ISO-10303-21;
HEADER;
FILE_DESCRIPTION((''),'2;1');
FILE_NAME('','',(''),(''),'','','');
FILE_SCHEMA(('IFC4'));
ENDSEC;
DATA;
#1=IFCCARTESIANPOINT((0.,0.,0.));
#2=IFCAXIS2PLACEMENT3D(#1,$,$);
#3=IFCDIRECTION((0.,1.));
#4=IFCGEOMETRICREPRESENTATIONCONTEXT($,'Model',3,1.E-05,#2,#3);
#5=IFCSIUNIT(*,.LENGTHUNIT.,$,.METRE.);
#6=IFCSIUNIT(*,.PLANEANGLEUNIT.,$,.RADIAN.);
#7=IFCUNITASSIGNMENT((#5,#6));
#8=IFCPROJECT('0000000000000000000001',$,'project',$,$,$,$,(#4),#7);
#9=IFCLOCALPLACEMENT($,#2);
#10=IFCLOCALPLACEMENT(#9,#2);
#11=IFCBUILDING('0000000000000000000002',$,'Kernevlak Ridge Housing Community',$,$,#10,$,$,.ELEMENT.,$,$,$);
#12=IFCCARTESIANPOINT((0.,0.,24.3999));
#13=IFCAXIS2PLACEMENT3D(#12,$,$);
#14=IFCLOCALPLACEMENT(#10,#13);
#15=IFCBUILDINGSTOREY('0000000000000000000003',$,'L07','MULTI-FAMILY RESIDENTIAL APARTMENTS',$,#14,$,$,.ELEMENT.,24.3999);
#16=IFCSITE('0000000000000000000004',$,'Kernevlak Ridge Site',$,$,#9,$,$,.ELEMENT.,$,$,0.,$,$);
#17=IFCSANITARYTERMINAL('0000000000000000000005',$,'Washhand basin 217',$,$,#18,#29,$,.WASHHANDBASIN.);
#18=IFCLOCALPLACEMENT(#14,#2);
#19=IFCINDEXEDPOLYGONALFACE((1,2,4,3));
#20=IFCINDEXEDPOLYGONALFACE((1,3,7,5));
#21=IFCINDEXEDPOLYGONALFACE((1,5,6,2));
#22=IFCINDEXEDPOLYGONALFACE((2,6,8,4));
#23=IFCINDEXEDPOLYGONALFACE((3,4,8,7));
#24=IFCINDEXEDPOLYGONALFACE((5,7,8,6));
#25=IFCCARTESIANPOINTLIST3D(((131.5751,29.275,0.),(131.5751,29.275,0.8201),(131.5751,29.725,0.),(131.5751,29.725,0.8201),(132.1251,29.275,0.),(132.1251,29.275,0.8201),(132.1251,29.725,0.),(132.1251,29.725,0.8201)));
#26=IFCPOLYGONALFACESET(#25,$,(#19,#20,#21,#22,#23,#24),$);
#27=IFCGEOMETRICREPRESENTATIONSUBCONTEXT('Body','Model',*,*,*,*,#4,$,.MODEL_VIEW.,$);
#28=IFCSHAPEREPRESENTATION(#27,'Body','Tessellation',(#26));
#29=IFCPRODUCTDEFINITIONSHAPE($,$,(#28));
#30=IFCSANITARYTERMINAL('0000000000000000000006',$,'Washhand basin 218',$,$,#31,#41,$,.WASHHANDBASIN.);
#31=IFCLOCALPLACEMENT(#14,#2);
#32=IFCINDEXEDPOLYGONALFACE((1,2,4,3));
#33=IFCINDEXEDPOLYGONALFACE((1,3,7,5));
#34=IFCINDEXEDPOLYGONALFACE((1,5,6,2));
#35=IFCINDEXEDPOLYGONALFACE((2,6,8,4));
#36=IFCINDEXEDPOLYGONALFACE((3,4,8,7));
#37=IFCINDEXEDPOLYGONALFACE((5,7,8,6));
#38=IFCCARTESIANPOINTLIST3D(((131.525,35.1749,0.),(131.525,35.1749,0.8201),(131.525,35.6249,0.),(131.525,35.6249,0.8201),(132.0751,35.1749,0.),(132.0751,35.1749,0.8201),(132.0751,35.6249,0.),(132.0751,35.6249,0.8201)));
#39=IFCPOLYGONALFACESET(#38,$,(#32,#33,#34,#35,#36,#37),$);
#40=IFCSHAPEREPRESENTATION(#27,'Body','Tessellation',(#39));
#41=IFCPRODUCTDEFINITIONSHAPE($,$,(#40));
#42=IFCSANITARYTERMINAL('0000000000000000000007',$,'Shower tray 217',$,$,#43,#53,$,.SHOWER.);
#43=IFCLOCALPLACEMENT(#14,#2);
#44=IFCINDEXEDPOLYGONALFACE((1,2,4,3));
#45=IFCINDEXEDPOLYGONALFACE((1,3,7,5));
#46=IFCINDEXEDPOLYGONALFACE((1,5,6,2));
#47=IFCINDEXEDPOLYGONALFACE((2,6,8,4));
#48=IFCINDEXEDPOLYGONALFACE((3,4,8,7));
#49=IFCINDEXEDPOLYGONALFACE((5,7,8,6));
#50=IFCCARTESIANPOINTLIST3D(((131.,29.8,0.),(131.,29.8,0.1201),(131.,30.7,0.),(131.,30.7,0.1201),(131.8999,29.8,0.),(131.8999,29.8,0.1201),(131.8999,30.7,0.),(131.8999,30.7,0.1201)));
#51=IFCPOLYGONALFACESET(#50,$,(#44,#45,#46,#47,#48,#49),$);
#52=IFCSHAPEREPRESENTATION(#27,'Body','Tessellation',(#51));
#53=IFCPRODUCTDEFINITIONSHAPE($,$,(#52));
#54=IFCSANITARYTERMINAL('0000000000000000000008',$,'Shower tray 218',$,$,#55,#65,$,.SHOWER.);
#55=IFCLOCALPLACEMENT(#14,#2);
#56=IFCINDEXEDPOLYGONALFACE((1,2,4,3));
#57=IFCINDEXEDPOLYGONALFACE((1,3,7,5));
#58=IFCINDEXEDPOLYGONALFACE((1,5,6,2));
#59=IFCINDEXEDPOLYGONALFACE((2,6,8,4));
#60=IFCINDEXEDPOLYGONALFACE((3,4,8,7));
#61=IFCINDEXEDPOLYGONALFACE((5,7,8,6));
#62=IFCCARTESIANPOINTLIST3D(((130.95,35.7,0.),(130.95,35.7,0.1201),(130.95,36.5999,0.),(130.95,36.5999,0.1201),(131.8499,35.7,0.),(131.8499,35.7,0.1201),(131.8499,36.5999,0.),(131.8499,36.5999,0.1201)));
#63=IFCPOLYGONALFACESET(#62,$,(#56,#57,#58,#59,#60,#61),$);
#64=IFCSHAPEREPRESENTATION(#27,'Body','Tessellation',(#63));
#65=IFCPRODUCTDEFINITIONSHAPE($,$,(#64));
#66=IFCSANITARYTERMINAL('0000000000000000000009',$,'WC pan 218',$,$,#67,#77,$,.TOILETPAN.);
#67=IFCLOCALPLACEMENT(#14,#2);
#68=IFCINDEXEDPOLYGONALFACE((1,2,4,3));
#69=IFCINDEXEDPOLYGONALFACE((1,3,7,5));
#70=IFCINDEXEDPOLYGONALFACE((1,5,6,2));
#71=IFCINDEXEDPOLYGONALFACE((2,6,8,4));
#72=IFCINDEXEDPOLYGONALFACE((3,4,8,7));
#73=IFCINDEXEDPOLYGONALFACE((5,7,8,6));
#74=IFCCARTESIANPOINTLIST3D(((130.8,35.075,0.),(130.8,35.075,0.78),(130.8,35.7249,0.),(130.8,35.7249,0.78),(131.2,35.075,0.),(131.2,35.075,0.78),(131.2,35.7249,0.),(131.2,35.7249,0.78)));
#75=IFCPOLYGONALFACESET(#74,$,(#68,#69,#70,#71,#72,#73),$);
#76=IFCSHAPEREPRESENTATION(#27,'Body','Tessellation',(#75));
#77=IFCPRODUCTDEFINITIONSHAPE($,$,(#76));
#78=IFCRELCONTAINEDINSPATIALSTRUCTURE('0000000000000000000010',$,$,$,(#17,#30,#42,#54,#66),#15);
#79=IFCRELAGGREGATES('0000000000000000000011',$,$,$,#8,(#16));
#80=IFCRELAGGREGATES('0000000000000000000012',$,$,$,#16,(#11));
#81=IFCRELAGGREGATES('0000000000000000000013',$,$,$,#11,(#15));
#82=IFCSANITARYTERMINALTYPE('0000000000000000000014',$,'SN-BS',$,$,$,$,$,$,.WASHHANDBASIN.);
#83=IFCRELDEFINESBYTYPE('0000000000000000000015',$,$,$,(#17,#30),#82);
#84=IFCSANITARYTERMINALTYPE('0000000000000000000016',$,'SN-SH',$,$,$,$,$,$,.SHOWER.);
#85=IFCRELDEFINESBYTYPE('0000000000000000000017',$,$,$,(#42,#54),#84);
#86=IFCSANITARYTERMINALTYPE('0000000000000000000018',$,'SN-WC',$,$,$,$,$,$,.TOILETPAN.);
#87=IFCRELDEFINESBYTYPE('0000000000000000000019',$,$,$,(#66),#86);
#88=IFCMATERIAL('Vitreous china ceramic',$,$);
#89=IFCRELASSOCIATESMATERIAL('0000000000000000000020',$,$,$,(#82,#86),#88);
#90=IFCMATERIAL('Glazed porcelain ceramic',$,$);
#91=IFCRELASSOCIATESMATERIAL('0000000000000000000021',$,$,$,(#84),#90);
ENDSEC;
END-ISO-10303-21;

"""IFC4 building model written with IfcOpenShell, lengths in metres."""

from ifc_helpers import new_model, si_unit, direction, frame, origin, origin_2d, place, context, subcontext, project, spatial, rectangle, extrude, material, type_object, element, save


model = new_model("IFC4")

# Units and contexts
model_context = context("Model", 3, precision=1e-05, world=origin(), true_north=direction((0.0, 1.0)))
body_context = subcontext(model_context, "Body", "Model", "MODEL_VIEW")
ifc_project = project(units=[si_unit("LENGTHUNIT", "METRE"), si_unit("PLANEANGLEUNIT", "RADIAN")], contexts=[model_context])

# Site, building, storey
site_placement = place(None, origin())
site = spatial("IfcSite", under=ifc_project, at=site_placement, Name="Kernevlak Ridge Site", CompositionType="ELEMENT", RefElevation=0.0)
building_placement = place(site_placement, origin())
building = spatial("IfcBuilding", under=site, at=building_placement, Name="Kernevlak Ridge Housing Community", CompositionType="ELEMENT")
storey_placement = place(building_placement, frame((0.0, 0.0, 24.3999)))
storey = spatial("IfcBuildingStorey", under=building, at=storey_placement, Name="L07", Description="MULTI-FAMILY RESIDENTIAL APARTMENTS", CompositionType="ELEMENT", Elevation=24.3999)

# Sanitary terminals
ifc_material_1 = material(Name="Vitreous china ceramic")
sanitary_terminal_type_1 = type_object("IfcSanitaryTerminalType", Name="SN-BS", PredefinedType="WASHHANDBASIN", material=ifc_material_1)
for number, where, z_axis, x_axis, name in (
    (1, (131.8501, 29.5, 0.0), (0.0, 0.0, 1.0), (1.0, 0.0, 0.0), "Washhand basin 217"),
    (2, (131.8, 35.3999, 0.0), (0.0, 0.0, 1.0), (1.0, 0.0, 0.0), "Washhand basin 218"),
):
    element("IfcSanitaryTerminal", number, at=place(storey_placement, frame(where, z_axis=z_axis, x_axis=x_axis)), inside=storey, type_object=sanitary_terminal_type_1, Name=name, PredefinedType="WASHHANDBASIN", context=body_context, shape_type="SweptSolid", body=[
        extrude(rectangle(XDim=0.55, YDim=0.45, at=origin_2d()), origin(), (0.0, 0.0, 1.0), 0.8201),
    ])
ifc_material_2 = material(Name="Glazed porcelain ceramic")
sanitary_terminal_type_2 = type_object("IfcSanitaryTerminalType", Name="SN-SH", PredefinedType="SHOWER", material=ifc_material_2)
for number, where, z_axis, x_axis, name in (
    (3, (131.45, 30.25, 0.0), (0.0, 0.0, 1.0), (1.0, 0.0, 0.0), "Shower tray 217"),
    (4, (131.3999, 36.1499, 0.0), (0.0, 0.0, 1.0), (1.0, 0.0, 0.0), "Shower tray 218"),
):
    element("IfcSanitaryTerminal", number, at=place(storey_placement, frame(where, z_axis=z_axis, x_axis=x_axis)), inside=storey, type_object=sanitary_terminal_type_2, Name=name, PredefinedType="SHOWER", context=body_context, shape_type="SweptSolid", body=[
        extrude(rectangle(XDim=0.8999, YDim=0.8999, at=origin_2d()), origin(), (0.0, 0.0, 1.0), 0.1201),
    ])
sanitary_terminal_type_3 = type_object("IfcSanitaryTerminalType", Name="SN-WC", PredefinedType="TOILETPAN", material=ifc_material_1)
sanitary_terminal_placement = place(storey_placement, frame((131.0, 35.3999, 0.0), z_axis=(0.0, 0.0, 1.0), x_axis=(1.0, 0.0, 0.0)))
element("IfcSanitaryTerminal", 5, at=sanitary_terminal_placement, inside=storey, type_object=sanitary_terminal_type_3, Name="WC pan 218", PredefinedType="TOILETPAN", context=body_context, shape_type="SweptSolid", body=[
    extrude(rectangle(XDim=0.3999, YDim=0.6499, at=origin_2d()), origin(), (0.0, 0.0, 1.0), 0.78),
])

save(model, "model.ifc")
